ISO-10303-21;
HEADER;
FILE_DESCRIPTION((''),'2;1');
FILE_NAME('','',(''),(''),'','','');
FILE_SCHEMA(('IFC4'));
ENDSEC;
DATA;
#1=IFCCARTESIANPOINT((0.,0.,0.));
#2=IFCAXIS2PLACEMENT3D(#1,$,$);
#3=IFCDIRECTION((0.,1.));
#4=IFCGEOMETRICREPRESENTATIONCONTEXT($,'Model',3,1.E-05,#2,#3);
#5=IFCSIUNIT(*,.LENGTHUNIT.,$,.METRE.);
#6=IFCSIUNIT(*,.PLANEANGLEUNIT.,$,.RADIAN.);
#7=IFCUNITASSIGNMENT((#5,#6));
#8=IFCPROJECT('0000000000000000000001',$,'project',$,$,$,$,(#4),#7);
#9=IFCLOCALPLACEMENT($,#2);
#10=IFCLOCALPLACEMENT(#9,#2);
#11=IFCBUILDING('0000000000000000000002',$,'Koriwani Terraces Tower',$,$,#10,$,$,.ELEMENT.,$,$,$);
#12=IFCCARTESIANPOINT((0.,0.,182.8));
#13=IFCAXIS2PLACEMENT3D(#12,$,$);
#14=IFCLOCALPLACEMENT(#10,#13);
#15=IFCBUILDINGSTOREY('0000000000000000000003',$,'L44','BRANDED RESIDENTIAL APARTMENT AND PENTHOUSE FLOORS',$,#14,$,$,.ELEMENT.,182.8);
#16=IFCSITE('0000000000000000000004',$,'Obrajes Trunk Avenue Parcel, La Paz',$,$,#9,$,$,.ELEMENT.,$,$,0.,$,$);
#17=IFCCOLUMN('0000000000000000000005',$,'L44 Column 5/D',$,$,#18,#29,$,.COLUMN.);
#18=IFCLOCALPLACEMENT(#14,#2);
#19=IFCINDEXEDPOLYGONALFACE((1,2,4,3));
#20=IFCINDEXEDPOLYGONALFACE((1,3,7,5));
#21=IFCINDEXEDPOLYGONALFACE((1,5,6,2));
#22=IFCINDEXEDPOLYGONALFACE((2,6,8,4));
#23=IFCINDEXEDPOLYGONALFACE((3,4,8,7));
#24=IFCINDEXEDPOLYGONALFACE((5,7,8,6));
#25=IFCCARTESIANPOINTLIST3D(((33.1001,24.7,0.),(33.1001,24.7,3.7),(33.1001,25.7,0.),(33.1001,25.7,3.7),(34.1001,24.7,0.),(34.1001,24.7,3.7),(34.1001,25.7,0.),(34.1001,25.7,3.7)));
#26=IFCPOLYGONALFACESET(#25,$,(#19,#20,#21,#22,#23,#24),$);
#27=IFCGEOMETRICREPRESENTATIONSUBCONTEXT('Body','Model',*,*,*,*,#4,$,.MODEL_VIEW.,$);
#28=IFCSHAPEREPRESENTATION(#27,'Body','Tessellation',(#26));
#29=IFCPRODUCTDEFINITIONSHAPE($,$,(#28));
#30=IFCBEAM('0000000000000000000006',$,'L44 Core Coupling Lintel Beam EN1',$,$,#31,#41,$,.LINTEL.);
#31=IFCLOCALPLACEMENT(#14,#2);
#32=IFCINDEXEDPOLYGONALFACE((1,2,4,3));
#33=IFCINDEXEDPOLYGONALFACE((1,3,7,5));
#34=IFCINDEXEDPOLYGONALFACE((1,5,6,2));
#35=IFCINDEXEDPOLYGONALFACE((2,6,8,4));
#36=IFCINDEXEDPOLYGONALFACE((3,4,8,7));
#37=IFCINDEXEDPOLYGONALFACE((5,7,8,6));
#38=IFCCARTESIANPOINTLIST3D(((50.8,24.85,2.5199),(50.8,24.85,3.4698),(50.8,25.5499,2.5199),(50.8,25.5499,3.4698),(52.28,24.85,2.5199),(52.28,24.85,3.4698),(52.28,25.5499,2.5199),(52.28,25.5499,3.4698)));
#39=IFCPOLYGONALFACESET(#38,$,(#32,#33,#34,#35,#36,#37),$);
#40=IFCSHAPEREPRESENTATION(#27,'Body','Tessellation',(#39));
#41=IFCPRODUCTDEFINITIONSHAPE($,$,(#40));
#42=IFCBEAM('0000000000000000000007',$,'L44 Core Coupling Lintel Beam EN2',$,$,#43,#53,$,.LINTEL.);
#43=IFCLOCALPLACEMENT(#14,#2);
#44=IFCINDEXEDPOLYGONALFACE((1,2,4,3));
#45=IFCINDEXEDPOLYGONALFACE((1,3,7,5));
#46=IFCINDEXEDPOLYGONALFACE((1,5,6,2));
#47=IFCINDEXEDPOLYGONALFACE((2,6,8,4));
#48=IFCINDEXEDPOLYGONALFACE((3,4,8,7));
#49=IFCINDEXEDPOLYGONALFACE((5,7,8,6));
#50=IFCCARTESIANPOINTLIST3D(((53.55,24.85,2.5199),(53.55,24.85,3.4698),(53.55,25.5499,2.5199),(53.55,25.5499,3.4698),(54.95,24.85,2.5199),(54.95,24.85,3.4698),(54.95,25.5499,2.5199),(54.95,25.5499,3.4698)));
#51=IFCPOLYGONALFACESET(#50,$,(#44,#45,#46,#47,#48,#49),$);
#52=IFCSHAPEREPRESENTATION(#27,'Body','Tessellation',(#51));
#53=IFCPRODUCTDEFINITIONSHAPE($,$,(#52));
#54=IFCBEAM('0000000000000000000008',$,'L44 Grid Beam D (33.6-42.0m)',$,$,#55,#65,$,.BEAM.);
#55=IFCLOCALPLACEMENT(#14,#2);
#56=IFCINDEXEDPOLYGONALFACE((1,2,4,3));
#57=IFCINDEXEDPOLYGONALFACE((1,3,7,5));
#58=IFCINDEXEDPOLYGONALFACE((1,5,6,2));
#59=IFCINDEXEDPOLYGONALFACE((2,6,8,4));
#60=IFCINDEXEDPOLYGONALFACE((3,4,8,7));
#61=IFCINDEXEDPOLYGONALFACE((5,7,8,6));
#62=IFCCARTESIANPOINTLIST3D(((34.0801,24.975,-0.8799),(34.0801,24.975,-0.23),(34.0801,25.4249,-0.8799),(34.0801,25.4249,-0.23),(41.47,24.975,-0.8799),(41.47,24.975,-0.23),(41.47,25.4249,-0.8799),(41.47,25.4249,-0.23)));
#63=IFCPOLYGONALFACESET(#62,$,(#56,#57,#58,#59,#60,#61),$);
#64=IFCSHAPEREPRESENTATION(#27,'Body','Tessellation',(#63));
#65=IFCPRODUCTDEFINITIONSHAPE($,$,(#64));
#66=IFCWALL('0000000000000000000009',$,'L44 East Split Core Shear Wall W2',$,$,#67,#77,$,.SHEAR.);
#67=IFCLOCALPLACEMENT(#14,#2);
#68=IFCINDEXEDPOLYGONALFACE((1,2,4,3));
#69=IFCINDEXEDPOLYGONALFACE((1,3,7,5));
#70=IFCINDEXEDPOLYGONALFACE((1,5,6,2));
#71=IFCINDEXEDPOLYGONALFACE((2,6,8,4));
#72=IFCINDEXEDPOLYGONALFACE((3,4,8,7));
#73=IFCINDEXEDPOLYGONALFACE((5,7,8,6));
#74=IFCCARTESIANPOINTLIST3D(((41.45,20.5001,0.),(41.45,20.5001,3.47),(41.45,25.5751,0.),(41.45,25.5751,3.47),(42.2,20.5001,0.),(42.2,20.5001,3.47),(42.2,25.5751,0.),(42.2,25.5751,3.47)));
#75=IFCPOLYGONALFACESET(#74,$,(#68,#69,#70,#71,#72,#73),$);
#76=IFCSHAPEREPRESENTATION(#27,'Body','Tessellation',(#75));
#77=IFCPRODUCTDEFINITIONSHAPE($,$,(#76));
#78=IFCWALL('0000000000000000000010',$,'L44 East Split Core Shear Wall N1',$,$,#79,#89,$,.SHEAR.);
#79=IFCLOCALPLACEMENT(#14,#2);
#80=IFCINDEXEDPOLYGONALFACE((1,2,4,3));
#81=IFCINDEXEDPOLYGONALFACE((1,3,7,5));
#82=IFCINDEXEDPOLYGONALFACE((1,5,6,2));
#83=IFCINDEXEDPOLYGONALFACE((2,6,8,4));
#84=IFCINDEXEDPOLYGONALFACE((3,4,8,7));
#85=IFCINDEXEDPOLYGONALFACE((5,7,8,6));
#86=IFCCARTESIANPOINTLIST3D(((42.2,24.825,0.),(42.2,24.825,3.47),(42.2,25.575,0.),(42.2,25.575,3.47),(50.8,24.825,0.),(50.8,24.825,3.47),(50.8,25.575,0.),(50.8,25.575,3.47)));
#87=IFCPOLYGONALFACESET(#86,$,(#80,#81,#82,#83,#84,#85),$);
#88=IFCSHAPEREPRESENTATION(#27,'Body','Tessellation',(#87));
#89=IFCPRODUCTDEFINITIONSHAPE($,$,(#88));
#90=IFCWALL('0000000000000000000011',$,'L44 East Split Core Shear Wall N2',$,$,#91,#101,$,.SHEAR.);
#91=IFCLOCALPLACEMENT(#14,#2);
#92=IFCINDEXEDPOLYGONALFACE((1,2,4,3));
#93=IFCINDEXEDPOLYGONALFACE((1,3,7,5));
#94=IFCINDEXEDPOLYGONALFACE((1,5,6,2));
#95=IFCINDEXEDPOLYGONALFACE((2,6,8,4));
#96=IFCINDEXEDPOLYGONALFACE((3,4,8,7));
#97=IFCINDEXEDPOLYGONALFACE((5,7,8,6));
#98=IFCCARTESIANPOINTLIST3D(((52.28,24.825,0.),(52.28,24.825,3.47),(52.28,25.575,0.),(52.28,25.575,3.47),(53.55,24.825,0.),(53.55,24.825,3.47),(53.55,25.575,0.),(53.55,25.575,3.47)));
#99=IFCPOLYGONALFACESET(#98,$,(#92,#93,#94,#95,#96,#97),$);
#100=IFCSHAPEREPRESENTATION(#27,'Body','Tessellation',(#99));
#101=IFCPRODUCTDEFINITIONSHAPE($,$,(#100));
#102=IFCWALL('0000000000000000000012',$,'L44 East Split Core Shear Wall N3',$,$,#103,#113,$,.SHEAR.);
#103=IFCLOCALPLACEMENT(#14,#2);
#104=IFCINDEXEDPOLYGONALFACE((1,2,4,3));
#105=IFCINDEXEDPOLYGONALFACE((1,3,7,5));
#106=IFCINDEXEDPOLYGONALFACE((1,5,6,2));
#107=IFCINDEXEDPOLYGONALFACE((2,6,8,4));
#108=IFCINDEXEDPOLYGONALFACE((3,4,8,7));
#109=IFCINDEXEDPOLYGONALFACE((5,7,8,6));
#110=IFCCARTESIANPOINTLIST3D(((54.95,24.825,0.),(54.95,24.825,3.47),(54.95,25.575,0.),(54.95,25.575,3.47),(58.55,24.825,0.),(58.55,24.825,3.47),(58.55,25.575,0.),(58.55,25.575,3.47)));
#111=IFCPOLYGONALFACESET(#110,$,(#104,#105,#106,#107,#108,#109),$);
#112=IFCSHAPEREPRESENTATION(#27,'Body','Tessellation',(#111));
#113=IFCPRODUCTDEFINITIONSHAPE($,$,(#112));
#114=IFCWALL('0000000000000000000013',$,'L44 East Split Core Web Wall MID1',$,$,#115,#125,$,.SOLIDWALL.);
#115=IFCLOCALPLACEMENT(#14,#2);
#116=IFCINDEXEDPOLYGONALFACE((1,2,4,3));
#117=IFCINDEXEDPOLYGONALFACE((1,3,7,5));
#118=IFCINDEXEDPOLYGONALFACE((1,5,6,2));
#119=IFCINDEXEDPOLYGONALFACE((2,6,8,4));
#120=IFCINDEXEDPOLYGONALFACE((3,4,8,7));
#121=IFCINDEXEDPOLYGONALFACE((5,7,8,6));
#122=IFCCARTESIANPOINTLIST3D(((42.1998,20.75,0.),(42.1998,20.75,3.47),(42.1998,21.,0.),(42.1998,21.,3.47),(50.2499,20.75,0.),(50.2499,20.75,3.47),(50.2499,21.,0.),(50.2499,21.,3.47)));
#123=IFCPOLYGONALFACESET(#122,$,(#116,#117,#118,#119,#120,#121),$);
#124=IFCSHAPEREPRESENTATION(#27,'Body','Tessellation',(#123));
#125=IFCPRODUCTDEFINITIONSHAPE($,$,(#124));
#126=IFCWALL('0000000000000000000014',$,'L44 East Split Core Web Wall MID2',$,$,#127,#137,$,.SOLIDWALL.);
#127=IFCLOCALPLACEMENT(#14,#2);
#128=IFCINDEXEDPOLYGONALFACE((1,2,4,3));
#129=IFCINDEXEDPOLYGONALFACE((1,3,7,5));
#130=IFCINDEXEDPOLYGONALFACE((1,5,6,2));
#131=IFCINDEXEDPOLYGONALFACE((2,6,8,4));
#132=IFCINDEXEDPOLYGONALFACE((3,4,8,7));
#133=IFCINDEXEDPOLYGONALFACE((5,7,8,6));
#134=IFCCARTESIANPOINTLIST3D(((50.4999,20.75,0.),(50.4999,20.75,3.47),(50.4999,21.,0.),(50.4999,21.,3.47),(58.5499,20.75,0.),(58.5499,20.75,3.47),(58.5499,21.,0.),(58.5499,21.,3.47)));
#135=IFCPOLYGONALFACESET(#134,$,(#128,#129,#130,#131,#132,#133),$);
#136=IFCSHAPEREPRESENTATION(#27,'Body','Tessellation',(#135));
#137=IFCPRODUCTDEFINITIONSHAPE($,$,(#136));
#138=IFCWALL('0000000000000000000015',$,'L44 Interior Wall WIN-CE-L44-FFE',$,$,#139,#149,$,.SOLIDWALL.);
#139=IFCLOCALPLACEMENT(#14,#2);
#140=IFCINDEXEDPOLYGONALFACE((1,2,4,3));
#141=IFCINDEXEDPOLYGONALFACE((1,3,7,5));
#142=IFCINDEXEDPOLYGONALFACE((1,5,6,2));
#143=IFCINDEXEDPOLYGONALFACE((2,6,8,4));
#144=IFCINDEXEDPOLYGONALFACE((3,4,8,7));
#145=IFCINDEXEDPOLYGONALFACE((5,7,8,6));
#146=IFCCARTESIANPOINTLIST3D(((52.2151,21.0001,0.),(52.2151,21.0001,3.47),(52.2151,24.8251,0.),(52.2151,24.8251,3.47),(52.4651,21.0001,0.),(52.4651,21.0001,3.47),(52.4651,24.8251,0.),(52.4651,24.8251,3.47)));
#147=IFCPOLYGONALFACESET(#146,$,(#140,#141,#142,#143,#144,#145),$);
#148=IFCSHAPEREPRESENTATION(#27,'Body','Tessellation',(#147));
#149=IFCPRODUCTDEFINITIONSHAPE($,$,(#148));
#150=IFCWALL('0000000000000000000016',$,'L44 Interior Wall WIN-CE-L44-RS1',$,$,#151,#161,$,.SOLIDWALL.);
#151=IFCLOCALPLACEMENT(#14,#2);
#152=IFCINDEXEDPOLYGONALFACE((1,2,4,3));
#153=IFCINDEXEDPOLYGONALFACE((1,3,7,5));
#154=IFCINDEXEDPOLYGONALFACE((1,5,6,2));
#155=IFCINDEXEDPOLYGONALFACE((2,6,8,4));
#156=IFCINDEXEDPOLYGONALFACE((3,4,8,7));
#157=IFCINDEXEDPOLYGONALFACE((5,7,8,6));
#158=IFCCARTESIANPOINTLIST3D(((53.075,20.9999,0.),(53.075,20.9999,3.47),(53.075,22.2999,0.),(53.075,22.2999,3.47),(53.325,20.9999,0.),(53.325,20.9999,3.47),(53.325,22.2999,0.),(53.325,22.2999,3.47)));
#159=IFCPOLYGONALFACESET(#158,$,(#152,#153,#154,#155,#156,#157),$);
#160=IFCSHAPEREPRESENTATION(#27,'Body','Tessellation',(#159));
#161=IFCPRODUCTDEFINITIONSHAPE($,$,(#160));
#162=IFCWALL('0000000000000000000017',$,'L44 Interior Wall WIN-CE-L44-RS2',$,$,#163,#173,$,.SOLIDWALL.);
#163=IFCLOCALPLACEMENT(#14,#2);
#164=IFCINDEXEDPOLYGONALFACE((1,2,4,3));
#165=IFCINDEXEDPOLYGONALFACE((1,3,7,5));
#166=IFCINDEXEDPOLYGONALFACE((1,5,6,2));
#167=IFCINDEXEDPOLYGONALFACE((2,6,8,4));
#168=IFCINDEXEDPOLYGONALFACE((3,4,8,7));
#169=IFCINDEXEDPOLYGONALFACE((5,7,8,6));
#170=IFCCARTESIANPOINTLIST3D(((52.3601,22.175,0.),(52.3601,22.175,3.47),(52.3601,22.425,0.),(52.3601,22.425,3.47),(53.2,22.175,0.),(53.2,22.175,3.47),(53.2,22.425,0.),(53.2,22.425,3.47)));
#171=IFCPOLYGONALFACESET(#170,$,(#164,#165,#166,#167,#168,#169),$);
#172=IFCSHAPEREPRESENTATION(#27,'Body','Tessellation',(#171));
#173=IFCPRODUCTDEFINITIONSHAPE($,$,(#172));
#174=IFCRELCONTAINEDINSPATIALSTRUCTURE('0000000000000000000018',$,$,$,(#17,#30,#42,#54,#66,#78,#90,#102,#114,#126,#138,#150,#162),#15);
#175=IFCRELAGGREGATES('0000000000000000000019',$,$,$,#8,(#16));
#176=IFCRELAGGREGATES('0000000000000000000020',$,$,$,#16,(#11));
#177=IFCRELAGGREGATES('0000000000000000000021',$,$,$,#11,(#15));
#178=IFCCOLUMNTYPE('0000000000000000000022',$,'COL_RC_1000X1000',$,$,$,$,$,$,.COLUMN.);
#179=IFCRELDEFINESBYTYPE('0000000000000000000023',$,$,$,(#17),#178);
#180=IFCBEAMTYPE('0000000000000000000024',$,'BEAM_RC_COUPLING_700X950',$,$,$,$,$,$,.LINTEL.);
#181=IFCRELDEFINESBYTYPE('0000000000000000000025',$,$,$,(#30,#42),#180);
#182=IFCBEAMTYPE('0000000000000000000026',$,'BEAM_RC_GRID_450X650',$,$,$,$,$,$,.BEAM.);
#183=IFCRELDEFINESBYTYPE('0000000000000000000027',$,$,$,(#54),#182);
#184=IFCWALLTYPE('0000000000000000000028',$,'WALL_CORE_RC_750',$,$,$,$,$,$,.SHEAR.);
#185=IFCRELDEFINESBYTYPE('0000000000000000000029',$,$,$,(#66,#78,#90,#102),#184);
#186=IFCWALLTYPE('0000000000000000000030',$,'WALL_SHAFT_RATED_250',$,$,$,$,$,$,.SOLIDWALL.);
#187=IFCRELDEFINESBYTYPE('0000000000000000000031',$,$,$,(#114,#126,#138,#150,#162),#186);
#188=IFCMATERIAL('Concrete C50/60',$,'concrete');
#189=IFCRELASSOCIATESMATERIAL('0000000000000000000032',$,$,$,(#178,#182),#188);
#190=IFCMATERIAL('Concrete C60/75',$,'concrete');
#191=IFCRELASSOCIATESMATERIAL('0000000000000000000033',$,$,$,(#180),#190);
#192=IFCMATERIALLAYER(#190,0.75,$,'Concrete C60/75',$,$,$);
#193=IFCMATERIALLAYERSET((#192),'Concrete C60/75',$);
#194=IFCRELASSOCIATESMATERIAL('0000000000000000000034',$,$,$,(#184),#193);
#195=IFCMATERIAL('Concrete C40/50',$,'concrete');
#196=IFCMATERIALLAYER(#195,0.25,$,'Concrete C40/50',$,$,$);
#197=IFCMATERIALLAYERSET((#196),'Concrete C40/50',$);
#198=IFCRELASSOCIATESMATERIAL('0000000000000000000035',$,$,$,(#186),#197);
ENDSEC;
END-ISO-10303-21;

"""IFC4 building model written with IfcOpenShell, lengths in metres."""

from ifc_helpers import new_model, si_unit, direction, frame, frame_2d, origin, origin_2d, place, context, subcontext, project, spatial, rectangle, extrude, material, layer, layer_set, material_profile, profile_set, type_object, element, save


model = new_model("IFC4")

# Units and contexts
model_context = context("Model", 3, precision=1e-05, world=origin(), true_north=direction((0.0, 1.0)))
body_context = subcontext(model_context, "Body", "Model", "MODEL_VIEW")
ifc_project = project(units=[si_unit("LENGTHUNIT", "METRE"), si_unit("PLANEANGLEUNIT", "RADIAN")], contexts=[model_context])

# Site, building, storey
site_placement = place(None, origin())
site = spatial("IfcSite", under=ifc_project, at=site_placement, Name="Obrajes Trunk Avenue Parcel, La Paz", CompositionType="ELEMENT", RefElevation=0.0)
building_placement = place(site_placement, origin())
building = spatial("IfcBuilding", under=site, at=building_placement, Name="Koriwani Terraces Tower", CompositionType="ELEMENT")
storey_placement = place(building_placement, frame((0.0, 0.0, 182.8)))
storey = spatial("IfcBuildingStorey", under=building, at=storey_placement, Name="L44", Description="BRANDED RESIDENTIAL APARTMENT AND PENTHOUSE FLOORS", CompositionType="ELEMENT", Elevation=182.8)

# Column
ifc_material_1 = material(Name="Concrete C50/60", Category="concrete")
ifc_material_profile_1 = material_profile(ifc_material_1, rectangle(XDim=1.0, YDim=1.0, at=origin_2d()), Name="Concrete C50/60", Category="LoadBearing")
ifc_profile_set_1 = profile_set([ifc_material_profile_1], Name="Concrete C50/60")
column_type = type_object("IfcColumnType", Name="COL_RC_1000X1000", PredefinedType="COLUMN", material=ifc_profile_set_1)
column_placement = place(storey_placement, frame((33.6001, 25.2, 0.0), z_axis=(0.0, 0.0, 1.0), x_axis=(1.0, 0.0, 0.0)))
element("IfcColumn", 1, at=column_placement, inside=storey, type_object=column_type, Name="L44 Column 5/D", PredefinedType="COLUMN", context=body_context, shape_type="SweptSolid", body=[
    extrude(rectangle(XDim=1.0, YDim=1.0, at=origin_2d()), origin(), (0.0, 0.0, 1.0), 3.7),
])

# Beams
ifc_material_2 = material(Name="Concrete C60/75", Category="concrete")
ifc_material_profile_2 = material_profile(ifc_material_2, rectangle(XDim=0.7, YDim=0.95, at=origin_2d()), Name="Concrete C60/75", Category="LoadBearing")
ifc_profile_set_2 = profile_set([ifc_material_profile_2], Name="Concrete C60/75")
beam_type_1 = type_object("IfcBeamType", Name="BEAM_RC_COUPLING_700X950", PredefinedType="LINTEL", material=ifc_profile_set_2)
beam_1_placement = place(storey_placement, frame((50.8, 25.2, 2.9949), z_axis=(1.0, 0.0, 0.0), x_axis=(0.0, 1.0, 0.0)))
element("IfcBeam", 2, at=beam_1_placement, inside=storey, type_object=beam_type_1, Name="L44 Core Coupling Lintel Beam EN1", PredefinedType="LINTEL", context=body_context, shape_type="SweptSolid", body=[
    extrude(rectangle(XDim=0.7, YDim=0.95, at=origin_2d()), origin(), (0.0, 0.0, 1.0), 1.48),
])
beam_2_placement = place(storey_placement, frame((53.55, 25.2, 2.9949), z_axis=(1.0, 0.0, 0.0), x_axis=(0.0, 1.0, 0.0)))
element("IfcBeam", 3, at=beam_2_placement, inside=storey, type_object=beam_type_1, Name="L44 Core Coupling Lintel Beam EN2", PredefinedType="LINTEL", context=body_context, shape_type="SweptSolid", body=[
    extrude(rectangle(XDim=0.7, YDim=0.95, at=origin_2d()), origin(), (0.0, 0.0, 1.0), 1.3999),
])
ifc_material_profile_3 = material_profile(ifc_material_1, rectangle(XDim=0.45, YDim=0.6499, at=origin_2d()), Name="Concrete C50/60", Category="LoadBearing")
ifc_profile_set_3 = profile_set([ifc_material_profile_3], Name="Concrete C50/60")
beam_type_2 = type_object("IfcBeamType", Name="BEAM_RC_GRID_450X650", PredefinedType="BEAM", material=ifc_profile_set_3)
beam_3_placement = place(storey_placement, frame((34.0801, 25.2, -0.5549), z_axis=(1.0, 0.0, 0.0), x_axis=(0.0, 1.0, 0.0)))
element("IfcBeam", 4, at=beam_3_placement, inside=storey, type_object=beam_type_2, Name="L44 Grid Beam D (33.6-42.0m)", PredefinedType="BEAM", context=body_context, shape_type="SweptSolid", body=[
    extrude(rectangle(XDim=0.45, YDim=0.6499, at=origin_2d()), origin(), (0.0, 0.0, 1.0), 7.3899),
])

# Walls
ifc_layer_1 = layer(ifc_material_2, 0.75, Name="Concrete C60/75")
ifc_layer_set_1 = layer_set([ifc_layer_1], Name="Concrete C60/75")
wall_type_1 = type_object("IfcWallType", Name="WALL_CORE_RC_750", PredefinedType="SHEAR", material=ifc_layer_set_1)
wall_1_placement = place(storey_placement, frame((41.825, 20.5, 0.0), z_axis=(0.0, 0.0, 1.0), x_axis=(0.0, 1.0, 0.0)))
element("IfcWall", 5, at=wall_1_placement, inside=storey, type_object=wall_type_1, Name="L44 East Split Core Shear Wall W2", PredefinedType="SHEAR", context=body_context, shape_type="SweptSolid", body=[
    extrude(rectangle(XDim=5.075, YDim=0.75, at=frame_2d((2.5376, 0.0))), origin(), (0.0, 0.0, 1.0), 3.47),
])
wall_2_placement = place(storey_placement, frame((42.2, 25.2, 0.0), z_axis=(0.0, 0.0, 1.0), x_axis=(1.0, 0.0, 0.0)))
element("IfcWall", 6, at=wall_2_placement, inside=storey, type_object=wall_type_1, Name="L44 East Split Core Shear Wall N1", PredefinedType="SHEAR", context=body_context, shape_type="SweptSolid", body=[
    extrude(rectangle(XDim=8.6001, YDim=0.75, at=frame_2d((4.3, 0.0))), origin(), (0.0, 0.0, 1.0), 3.47),
])
wall_3_placement = place(storey_placement, frame((52.28, 25.2, 0.0), z_axis=(0.0, 0.0, 1.0), x_axis=(1.0, 0.0, 0.0)))
element("IfcWall", 7, at=wall_3_placement, inside=storey, type_object=wall_type_1, Name="L44 East Split Core Shear Wall N2", PredefinedType="SHEAR", context=body_context, shape_type="SweptSolid", body=[
    extrude(rectangle(XDim=1.27, YDim=0.75, at=frame_2d((0.635, 0.0))), origin(), (0.0, 0.0, 1.0), 3.47),
])
wall_4_placement = place(storey_placement, frame((54.95, 25.2, 0.0), z_axis=(0.0, 0.0, 1.0), x_axis=(1.0, 0.0, 0.0)))
element("IfcWall", 8, at=wall_4_placement, inside=storey, type_object=wall_type_1, Name="L44 East Split Core Shear Wall N3", PredefinedType="SHEAR", context=body_context, shape_type="SweptSolid", body=[
    extrude(rectangle(XDim=3.6001, YDim=0.75, at=frame_2d((1.8, 0.0))), origin(), (0.0, 0.0, 1.0), 3.47),
])
ifc_material_3 = material(Name="Concrete C40/50", Category="concrete")
ifc_layer_2 = layer(ifc_material_3, 0.25, Name="Concrete C40/50")
ifc_layer_set_2 = layer_set([ifc_layer_2], Name="Concrete C40/50")
wall_type_2 = type_object("IfcWallType", Name="WALL_SHAFT_RATED_250", PredefinedType="SOLIDWALL", material=ifc_layer_set_2)
for number, where, z_axis, x_axis, name in (
    (9, (42.2, 20.875, 0.0), (0.0, 0.0, 1.0), (1.0, 0.0, 0.0), "L44 East Split Core Web Wall MID1"),
    (10, (50.5, 20.875, 0.0), (0.0, 0.0, 1.0), (1.0, 0.0, 0.0), "L44 East Split Core Web Wall MID2"),
):
    element("IfcWall", number, at=place(storey_placement, frame(where, z_axis=z_axis, x_axis=x_axis)), inside=storey, type_object=wall_type_2, Name=name, PredefinedType="SOLIDWALL", context=body_context, shape_type="SweptSolid", body=[
        extrude(rectangle(XDim=8.05, YDim=0.25, at=frame_2d((4.0249, 0.0))), origin(), (0.0, 0.0, 1.0), 3.47),
    ])

# Wall
wall_5_placement = place(storey_placement, frame((52.3401, 21.0, 0.0), z_axis=(0.0, 0.0, 1.0), x_axis=(0.0, 1.0, 0.0)))
element("IfcWall", 11, at=wall_5_placement, inside=storey, type_object=wall_type_2, Name="L44 Interior Wall WIN-CE-L44-FFE", PredefinedType="SOLIDWALL", context=body_context, shape_type="SweptSolid", body=[
    extrude(rectangle(XDim=3.825, YDim=0.25, at=frame_2d((1.9126, 0.0))), origin(), (0.0, 0.0, 1.0), 3.47),
])

# Walls
wall_6_placement = place(storey_placement, frame((53.2, 21.0, 0.0), z_axis=(0.0, 0.0, 1.0), x_axis=(0.0, 1.0, 0.0)))
element("IfcWall", 12, at=wall_6_placement, inside=storey, type_object=wall_type_2, Name="L44 Interior Wall WIN-CE-L44-RS1", PredefinedType="SOLIDWALL", context=body_context, shape_type="SweptSolid", body=[
    extrude(rectangle(XDim=1.3, YDim=0.25, at=frame_2d((0.6499, 0.0))), origin(), (0.0, 0.0, 1.0), 3.47),
])
wall_7_placement = place(storey_placement, frame((52.3601, 22.3, 0.0), z_axis=(0.0, 0.0, 1.0), x_axis=(1.0, 0.0, 0.0)))
element("IfcWall", 13, at=wall_7_placement, inside=storey, type_object=wall_type_2, Name="L44 Interior Wall WIN-CE-L44-RS2", PredefinedType="SOLIDWALL", context=body_context, shape_type="SweptSolid", body=[
    extrude(rectangle(XDim=0.8398, YDim=0.25, at=frame_2d((0.4199, 0.0))), origin(), (0.0, 0.0, 1.0), 3.47),
])

save(model, "model.ifc")
